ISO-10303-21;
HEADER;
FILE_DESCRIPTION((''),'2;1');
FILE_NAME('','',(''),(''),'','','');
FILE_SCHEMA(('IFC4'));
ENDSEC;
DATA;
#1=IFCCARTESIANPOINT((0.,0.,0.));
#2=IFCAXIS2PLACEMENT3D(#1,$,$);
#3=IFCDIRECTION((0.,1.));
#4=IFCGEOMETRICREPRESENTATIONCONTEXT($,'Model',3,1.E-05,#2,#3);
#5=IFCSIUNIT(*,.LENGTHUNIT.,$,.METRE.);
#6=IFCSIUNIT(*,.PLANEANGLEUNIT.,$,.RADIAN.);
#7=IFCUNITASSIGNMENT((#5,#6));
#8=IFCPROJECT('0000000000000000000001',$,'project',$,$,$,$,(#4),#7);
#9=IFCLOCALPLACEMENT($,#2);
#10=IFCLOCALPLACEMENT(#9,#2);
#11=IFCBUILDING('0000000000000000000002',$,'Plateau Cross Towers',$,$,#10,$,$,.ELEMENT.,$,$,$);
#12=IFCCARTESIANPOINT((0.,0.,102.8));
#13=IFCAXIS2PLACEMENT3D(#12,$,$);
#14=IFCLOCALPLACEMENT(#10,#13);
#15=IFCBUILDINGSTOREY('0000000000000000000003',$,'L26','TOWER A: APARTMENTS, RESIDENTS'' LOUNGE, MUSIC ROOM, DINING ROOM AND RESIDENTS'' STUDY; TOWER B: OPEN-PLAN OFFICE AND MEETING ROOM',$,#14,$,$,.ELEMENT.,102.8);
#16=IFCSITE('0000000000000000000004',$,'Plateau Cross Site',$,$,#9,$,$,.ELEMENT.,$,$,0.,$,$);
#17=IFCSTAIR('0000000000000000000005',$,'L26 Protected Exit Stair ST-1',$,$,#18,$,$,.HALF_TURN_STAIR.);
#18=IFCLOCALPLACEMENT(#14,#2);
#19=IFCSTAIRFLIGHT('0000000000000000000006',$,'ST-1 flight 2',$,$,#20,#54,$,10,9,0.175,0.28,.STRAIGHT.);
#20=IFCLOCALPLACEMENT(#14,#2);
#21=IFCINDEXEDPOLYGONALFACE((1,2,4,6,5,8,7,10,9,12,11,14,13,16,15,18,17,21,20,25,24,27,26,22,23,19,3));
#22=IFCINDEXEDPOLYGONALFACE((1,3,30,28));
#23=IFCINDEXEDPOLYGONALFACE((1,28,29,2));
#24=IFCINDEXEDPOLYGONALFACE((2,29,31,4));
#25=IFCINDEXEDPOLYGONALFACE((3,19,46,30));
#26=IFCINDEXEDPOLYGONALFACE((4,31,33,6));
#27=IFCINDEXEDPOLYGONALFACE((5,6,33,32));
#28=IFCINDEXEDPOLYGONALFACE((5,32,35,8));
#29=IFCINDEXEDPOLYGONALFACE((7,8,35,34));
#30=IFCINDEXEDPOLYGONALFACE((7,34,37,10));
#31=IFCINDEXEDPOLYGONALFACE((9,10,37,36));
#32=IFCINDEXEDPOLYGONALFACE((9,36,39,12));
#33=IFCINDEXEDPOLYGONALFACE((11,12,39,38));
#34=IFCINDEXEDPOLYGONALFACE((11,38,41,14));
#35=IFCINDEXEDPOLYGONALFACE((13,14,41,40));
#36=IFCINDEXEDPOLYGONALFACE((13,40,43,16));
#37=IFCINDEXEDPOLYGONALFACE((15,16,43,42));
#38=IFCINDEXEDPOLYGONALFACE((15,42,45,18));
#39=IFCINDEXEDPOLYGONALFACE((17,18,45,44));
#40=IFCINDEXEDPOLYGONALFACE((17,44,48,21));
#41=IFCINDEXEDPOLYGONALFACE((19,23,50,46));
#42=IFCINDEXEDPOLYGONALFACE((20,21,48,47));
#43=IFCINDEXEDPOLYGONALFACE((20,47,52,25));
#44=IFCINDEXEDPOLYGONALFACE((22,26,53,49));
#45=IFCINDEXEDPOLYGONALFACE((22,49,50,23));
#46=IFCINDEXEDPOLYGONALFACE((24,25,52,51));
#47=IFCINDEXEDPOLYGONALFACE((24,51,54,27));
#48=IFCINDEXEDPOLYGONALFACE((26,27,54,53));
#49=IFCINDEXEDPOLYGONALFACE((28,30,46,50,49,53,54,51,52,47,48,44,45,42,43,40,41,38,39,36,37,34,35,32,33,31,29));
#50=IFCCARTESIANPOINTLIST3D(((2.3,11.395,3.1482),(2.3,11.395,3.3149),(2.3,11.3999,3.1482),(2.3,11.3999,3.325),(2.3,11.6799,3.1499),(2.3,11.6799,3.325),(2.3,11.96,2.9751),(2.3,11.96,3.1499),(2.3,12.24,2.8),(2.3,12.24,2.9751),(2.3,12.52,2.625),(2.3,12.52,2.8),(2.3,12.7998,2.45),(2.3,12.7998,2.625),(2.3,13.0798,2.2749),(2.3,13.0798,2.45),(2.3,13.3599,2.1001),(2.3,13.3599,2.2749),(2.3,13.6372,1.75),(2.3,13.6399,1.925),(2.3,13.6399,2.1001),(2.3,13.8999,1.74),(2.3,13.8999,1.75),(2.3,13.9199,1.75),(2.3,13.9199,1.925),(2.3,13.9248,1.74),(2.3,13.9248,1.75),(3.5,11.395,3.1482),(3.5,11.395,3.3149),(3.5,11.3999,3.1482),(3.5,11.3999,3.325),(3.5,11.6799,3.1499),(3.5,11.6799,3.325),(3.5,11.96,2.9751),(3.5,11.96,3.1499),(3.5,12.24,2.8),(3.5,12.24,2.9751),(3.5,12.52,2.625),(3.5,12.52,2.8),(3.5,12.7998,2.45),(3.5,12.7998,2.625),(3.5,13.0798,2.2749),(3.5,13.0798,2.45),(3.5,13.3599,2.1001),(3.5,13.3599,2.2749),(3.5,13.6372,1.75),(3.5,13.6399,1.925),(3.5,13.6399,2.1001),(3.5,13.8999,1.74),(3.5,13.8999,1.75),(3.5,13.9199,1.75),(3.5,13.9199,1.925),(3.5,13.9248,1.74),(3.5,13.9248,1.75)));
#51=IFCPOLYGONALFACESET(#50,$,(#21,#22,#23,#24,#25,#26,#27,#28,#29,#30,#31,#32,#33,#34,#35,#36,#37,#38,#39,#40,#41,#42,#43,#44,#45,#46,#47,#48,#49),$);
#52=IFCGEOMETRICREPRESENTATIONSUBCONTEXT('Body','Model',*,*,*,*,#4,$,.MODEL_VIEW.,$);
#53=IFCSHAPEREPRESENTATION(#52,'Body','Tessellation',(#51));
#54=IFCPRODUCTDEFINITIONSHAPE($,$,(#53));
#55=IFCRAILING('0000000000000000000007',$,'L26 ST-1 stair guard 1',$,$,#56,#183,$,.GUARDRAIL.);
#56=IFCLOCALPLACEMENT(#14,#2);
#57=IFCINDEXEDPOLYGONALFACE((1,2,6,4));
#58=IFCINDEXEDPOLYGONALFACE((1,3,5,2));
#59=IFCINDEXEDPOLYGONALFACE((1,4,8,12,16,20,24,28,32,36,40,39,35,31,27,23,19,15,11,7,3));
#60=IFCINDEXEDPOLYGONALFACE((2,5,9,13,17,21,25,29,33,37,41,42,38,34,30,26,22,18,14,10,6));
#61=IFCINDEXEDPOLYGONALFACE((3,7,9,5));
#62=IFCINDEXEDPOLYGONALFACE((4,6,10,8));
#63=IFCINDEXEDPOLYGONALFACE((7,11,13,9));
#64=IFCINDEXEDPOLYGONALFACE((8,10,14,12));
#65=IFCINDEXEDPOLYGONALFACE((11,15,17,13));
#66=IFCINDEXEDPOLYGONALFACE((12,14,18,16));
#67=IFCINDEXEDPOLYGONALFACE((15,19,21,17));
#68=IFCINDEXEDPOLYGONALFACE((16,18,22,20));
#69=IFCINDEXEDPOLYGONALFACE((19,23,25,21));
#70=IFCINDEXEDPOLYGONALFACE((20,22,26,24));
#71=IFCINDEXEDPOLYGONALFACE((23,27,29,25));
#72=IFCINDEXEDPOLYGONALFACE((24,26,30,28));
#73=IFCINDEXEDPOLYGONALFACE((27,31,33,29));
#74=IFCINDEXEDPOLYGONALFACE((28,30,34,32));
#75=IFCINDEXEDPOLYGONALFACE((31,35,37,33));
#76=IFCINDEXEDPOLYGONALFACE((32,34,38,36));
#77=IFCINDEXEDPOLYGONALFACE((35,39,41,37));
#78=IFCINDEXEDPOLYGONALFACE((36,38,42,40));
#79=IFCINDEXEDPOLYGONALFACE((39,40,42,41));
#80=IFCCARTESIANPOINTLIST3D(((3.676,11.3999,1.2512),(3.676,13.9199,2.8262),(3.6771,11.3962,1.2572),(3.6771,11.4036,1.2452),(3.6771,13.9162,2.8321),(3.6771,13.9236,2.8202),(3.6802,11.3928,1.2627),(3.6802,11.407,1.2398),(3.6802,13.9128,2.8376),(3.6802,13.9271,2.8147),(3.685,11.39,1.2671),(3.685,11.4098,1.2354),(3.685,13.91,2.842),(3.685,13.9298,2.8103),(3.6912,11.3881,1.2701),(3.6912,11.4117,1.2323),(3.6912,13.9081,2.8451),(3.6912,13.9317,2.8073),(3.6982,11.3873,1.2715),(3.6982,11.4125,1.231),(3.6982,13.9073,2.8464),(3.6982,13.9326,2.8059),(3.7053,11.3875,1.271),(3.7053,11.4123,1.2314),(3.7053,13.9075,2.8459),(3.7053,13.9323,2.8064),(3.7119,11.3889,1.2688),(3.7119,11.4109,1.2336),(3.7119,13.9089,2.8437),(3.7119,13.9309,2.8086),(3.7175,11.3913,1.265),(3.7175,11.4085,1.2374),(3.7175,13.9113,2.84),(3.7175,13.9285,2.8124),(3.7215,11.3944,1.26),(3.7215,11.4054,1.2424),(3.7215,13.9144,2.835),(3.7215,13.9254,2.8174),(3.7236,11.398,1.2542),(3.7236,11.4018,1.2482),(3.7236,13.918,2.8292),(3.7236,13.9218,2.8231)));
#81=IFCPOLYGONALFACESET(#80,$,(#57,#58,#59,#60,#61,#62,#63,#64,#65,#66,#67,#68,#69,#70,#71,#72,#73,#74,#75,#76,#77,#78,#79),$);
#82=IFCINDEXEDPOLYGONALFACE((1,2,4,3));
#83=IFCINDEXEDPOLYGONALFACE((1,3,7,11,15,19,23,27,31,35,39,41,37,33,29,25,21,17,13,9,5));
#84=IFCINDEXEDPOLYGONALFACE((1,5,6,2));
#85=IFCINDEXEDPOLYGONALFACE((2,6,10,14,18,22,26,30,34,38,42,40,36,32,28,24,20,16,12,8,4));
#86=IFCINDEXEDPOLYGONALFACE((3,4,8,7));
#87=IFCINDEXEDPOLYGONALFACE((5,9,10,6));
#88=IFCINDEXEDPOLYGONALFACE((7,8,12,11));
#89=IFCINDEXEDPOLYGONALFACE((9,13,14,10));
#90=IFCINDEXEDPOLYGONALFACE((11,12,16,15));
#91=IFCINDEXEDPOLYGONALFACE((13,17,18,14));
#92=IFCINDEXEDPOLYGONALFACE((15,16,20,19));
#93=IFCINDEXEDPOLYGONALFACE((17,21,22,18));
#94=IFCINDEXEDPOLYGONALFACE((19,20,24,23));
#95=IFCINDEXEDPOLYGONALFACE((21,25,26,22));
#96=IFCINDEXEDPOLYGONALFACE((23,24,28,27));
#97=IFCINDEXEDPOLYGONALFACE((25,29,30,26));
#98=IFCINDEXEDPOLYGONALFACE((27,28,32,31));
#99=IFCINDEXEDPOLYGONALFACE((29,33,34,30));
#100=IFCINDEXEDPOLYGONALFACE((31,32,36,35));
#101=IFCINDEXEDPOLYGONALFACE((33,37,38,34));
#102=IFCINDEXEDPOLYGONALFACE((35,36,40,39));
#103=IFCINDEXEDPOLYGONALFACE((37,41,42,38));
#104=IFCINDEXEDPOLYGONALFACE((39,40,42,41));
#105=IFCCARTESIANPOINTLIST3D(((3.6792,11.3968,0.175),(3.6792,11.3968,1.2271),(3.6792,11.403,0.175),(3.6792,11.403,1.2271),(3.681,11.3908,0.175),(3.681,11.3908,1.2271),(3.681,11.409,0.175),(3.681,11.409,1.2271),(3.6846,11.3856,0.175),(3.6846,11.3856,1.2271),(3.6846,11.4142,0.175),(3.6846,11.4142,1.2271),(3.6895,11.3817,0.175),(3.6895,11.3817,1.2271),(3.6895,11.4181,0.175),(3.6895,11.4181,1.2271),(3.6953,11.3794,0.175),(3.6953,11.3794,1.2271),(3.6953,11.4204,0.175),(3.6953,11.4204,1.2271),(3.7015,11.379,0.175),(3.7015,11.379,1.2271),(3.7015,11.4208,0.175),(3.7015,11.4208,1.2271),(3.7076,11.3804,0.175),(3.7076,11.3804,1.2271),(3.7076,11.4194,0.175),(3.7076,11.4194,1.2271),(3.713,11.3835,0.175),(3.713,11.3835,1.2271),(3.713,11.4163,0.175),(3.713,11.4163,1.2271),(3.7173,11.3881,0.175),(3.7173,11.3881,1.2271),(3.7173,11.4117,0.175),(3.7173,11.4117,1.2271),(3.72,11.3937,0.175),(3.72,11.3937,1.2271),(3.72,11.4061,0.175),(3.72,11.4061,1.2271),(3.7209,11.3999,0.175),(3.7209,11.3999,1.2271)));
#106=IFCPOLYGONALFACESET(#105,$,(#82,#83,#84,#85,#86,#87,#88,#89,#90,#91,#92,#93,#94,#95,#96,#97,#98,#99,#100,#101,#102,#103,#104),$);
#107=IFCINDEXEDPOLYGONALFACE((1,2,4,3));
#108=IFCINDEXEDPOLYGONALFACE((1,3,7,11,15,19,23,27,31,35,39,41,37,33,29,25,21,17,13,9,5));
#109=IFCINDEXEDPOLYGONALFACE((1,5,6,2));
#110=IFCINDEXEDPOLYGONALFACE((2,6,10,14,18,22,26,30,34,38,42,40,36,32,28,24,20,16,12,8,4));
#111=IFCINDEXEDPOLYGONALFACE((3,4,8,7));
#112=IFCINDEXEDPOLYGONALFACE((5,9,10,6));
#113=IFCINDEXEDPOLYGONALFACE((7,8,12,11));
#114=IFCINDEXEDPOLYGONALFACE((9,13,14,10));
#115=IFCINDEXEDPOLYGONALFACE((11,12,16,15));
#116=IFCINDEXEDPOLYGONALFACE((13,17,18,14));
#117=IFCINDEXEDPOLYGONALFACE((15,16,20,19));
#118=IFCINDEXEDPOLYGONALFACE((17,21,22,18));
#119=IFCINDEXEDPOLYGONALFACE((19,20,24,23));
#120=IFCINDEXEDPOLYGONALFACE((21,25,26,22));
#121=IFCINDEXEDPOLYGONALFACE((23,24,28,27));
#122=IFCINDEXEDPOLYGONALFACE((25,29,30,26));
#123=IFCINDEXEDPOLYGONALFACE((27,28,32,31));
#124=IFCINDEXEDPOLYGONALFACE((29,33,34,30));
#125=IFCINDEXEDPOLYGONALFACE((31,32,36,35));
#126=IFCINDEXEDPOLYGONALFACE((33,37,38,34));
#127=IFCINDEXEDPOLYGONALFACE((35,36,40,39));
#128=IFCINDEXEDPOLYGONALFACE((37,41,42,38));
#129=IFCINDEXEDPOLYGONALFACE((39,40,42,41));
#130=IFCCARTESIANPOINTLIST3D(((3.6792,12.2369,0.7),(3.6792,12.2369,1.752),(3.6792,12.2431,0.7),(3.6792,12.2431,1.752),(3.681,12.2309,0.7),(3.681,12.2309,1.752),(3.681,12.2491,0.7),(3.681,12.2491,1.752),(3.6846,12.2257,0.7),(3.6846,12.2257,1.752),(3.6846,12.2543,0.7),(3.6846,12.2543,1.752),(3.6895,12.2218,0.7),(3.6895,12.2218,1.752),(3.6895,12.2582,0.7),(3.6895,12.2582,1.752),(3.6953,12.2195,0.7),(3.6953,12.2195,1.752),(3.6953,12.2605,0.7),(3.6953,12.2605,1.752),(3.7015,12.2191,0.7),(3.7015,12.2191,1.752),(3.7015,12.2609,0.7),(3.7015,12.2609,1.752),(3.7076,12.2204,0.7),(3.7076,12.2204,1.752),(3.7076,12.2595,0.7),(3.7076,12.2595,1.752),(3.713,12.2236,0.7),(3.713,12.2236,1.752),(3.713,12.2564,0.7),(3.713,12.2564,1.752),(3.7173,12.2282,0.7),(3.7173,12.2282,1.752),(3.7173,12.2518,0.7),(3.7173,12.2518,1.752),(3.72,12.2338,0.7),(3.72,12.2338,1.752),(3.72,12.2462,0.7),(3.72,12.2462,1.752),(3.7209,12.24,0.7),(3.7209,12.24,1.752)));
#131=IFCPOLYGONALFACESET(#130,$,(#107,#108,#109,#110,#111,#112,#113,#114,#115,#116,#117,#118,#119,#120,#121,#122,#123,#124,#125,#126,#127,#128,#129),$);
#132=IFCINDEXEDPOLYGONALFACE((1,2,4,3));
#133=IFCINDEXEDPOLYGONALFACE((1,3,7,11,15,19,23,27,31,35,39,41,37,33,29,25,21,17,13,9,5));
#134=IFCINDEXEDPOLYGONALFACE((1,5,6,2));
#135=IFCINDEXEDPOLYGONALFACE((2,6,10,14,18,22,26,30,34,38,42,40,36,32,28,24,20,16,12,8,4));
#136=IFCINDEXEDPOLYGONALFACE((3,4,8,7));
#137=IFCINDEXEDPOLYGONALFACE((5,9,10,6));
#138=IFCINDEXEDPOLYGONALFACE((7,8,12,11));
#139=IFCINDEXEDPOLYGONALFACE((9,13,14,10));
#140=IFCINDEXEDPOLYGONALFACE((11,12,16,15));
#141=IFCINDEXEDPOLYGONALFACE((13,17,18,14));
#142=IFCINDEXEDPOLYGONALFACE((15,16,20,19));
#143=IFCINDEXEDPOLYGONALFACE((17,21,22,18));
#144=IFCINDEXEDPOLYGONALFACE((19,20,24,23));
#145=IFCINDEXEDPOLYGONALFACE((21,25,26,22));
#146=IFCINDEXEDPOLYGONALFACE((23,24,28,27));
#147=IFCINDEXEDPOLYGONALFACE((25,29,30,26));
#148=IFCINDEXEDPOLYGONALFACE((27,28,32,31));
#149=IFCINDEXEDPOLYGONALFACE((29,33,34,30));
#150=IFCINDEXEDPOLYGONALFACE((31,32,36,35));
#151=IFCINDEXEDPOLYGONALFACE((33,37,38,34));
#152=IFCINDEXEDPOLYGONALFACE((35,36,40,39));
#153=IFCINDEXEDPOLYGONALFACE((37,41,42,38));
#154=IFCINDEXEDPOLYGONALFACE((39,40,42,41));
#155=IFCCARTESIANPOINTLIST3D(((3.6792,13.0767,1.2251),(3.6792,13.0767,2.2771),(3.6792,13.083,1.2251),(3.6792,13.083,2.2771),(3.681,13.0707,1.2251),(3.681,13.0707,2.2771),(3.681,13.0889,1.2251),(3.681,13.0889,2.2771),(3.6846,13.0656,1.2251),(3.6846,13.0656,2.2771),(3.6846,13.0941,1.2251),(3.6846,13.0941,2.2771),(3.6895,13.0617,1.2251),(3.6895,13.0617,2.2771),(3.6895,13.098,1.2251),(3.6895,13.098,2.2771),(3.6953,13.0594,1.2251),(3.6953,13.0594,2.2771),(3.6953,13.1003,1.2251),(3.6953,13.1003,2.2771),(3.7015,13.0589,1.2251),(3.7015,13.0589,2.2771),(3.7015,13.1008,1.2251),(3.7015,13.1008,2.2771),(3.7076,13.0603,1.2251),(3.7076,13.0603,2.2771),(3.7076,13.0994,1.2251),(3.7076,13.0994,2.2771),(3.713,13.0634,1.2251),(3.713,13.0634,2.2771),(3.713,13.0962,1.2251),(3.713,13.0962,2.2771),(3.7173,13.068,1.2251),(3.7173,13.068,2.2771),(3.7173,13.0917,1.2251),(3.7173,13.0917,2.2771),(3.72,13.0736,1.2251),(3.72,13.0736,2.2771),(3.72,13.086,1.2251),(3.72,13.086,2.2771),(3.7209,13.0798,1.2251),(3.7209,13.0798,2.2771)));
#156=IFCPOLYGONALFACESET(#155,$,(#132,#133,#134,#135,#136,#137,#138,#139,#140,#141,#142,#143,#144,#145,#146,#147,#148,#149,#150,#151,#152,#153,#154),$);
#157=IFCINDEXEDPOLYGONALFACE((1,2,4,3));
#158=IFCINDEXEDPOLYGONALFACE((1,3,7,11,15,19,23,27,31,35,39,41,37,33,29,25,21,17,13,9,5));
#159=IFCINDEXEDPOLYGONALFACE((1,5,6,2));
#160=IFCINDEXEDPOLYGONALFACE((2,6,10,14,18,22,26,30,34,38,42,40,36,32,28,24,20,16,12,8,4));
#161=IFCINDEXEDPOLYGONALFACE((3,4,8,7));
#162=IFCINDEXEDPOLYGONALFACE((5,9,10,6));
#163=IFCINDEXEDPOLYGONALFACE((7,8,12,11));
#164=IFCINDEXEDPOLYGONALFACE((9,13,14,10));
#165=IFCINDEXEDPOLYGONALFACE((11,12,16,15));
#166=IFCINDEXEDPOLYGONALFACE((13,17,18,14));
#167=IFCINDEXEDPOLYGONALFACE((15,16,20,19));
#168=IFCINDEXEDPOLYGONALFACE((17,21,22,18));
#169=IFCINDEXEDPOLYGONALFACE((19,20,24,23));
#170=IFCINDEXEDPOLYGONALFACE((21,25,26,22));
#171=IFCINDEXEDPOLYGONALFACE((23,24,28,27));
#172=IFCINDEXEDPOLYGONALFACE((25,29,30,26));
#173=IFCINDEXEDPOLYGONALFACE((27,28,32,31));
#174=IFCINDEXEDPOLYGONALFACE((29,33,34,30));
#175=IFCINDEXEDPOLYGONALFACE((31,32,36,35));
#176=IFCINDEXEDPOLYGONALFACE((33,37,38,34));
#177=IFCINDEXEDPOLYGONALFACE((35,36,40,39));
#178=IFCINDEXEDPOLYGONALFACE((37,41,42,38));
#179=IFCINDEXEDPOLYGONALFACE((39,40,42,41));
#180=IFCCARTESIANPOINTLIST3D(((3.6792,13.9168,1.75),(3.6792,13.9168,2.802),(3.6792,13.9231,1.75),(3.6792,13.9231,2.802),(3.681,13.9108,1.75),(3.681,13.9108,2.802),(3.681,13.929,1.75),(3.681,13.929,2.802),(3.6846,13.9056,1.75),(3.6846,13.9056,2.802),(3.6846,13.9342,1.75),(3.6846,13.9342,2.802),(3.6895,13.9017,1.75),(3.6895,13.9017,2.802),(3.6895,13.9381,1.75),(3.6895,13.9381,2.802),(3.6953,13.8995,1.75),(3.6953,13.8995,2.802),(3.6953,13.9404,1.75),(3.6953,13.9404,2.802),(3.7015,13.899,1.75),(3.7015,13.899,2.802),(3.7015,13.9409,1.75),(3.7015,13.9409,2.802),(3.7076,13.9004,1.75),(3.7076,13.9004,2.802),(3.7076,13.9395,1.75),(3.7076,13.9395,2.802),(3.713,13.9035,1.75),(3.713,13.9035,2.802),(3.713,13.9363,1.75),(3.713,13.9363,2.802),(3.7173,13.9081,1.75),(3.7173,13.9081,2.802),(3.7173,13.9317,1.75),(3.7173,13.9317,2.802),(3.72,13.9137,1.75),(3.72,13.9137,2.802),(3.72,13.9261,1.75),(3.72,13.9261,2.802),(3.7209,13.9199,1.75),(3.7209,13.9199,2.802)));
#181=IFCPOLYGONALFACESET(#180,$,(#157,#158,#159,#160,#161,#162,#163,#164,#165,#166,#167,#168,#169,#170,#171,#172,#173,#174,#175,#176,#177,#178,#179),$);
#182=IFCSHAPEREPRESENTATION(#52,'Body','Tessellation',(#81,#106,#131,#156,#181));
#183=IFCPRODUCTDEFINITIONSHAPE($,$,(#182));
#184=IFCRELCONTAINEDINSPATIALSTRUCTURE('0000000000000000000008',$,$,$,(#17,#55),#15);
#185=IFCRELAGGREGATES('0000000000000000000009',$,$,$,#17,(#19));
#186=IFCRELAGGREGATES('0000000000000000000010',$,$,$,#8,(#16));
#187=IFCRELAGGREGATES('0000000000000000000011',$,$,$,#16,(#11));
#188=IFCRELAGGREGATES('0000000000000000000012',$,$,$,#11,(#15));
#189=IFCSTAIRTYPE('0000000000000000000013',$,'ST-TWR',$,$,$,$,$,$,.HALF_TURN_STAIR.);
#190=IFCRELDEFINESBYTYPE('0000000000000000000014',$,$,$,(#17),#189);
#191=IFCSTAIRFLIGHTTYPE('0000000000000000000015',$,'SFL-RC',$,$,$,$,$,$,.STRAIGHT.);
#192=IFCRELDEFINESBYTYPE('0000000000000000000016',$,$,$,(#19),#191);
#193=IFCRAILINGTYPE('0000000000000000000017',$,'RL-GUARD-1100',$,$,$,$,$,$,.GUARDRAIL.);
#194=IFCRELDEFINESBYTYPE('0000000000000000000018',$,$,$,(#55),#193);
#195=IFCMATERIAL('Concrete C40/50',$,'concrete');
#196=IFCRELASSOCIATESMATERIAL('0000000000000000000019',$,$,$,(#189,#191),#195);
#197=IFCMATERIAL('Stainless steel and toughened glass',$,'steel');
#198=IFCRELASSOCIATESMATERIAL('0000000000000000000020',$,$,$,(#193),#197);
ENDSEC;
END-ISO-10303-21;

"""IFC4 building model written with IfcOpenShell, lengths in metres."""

from ifc_helpers import new_model, si_unit, direction, frame, origin, origin_2d, place, context, subcontext, project, spatial, polyline, circle, outline, extrude, material, type_object, element, aggregate, save


model = new_model("IFC4")

# Units and contexts
model_context = context("Model", 3, precision=1e-05, world=origin(), true_north=direction((0.0, 1.0)))
body_context = subcontext(model_context, "Body", "Model", "MODEL_VIEW")
ifc_project = project(units=[si_unit("LENGTHUNIT", "METRE"), si_unit("PLANEANGLEUNIT", "RADIAN")], contexts=[model_context])

# Site, building, storey
site_placement = place(None, origin())
site = spatial("IfcSite", under=ifc_project, at=site_placement, Name="Plateau Cross Site", CompositionType="ELEMENT", RefElevation=0.0)
building_placement = place(site_placement, origin())
building = spatial("IfcBuilding", under=site, at=building_placement, Name="Plateau Cross Towers", CompositionType="ELEMENT")
storey_placement = place(building_placement, frame((0.0, 0.0, 102.8)))
storey = spatial("IfcBuildingStorey", under=building, at=storey_placement, Name="L26", Description="TOWER A: APARTMENTS, RESIDENTS' LOUNGE, MUSIC ROOM, DINING ROOM AND RESIDENTS' STUDY; TOWER B: OPEN-PLAN OFFICE AND MEETING ROOM", CompositionType="ELEMENT", Elevation=102.8)

# Stair, stair flight
ifc_material_1 = material(Name="Concrete C40/50", Category="concrete")
stair_type = type_object("IfcStairType", Name="ST-TWR", PredefinedType="HALF_TURN_STAIR", material=ifc_material_1)
stair_placement = place(storey_placement, origin())
stair = element("IfcStair", 1, at=stair_placement, inside=storey, type_object=stair_type, Name="L26 Protected Exit Stair ST-1", PredefinedType="HALF_TURN_STAIR")
stair_flight_type = type_object("IfcStairFlightType", Name="SFL-RC", PredefinedType="STRAIGHT", material=ifc_material_1)
stair_flight_1_placement = place(storey_placement, frame((2.8999, 13.9199, 1.75), z_axis=(0.0, 0.0, 1.0), x_axis=(0.0, -1.0, 0.0)))
stair_flight_1 = element("IfcStairFlight", 2, at=stair_flight_1_placement, type_object=stair_flight_type, Name="ST-1 flight 2", NumberOfRisers=10, NumberOfTreads=9, PredefinedType="STRAIGHT", RiserHeight=0.175, TreadLength=0.28, context=body_context, shape_type="SweptSolid", body=[
    extrude(outline(polyline([(-0.0049, -0.01), (-0.0049, 0.0), (0.0, 0.0), (0.0, 0.175), (0.28, 0.175), (0.28, 0.3501), (0.5601, 0.3501), (0.5601, 0.5249), (0.8401, 0.5249), (0.8401, 0.7), (1.1201, 0.7), (1.1201, 0.875), (1.3999, 0.875), (1.3999, 1.05), (1.6799, 1.05), (1.6799, 1.2251), (1.96, 1.2251), (1.96, 1.3999), (2.24, 1.3999), (2.24, 1.575), (2.52, 1.575), (2.5249, 1.5649), (2.5249, 1.3982), (2.52, 1.3982), (0.2827, 0.0), (0.02, 0.0), (0.02, -0.01), (-0.0049, -0.01)])), frame((0.0, 0.6001, 0.0), z_axis=(0.0, -1.0, 0.0), x_axis=(1.0, 0.0, 0.0)), (0.0, 0.0, 1.0), 1.2),
])
aggregate(stair, [stair_flight_1])

# Railing
ifc_material_2 = material(Name="Stainless steel and toughened glass", Category="steel")
railing_type_1 = type_object("IfcRailingType", Name="RL-GUARD-1100", PredefinedType="GUARDRAIL", material=ifc_material_2)
railing_1_placement = place(storey_placement, frame((3.7, 11.3999, 0.175)))
element("IfcRailing", 3, at=railing_1_placement, inside=storey, type_object=railing_type_1, Name="L26 ST-1 stair guard 1", PredefinedType="GUARDRAIL", context=body_context, shape_type="SweptSolid", body=[
    extrude(circle(Radius=0.0239, at=origin_2d()), frame((0.0, 0.0, 1.0762), z_axis=(0.0, 0.848008, 0.529984), x_axis=(-1.0, 0.0, 0.0)), (0.0, 0.0, 1.0), 2.9717),
    extrude(circle(Radius=0.021, at=origin_2d()), origin(), (0.0, 0.0, 1.0), 1.052),
    extrude(circle(Radius=0.021, at=origin_2d()), frame((0.0, 0.8401, 0.5249)), (0.0, 0.0, 1.0), 1.052),
    extrude(circle(Radius=0.021, at=origin_2d()), frame((0.0, 1.6799, 1.05)), (0.0, 0.0, 1.0), 1.052),
    extrude(circle(Radius=0.021, at=origin_2d()), frame((0.0, 2.52, 1.575)), (0.0, 0.0, 1.0), 1.052),
])

save(model, "model.ifc")
